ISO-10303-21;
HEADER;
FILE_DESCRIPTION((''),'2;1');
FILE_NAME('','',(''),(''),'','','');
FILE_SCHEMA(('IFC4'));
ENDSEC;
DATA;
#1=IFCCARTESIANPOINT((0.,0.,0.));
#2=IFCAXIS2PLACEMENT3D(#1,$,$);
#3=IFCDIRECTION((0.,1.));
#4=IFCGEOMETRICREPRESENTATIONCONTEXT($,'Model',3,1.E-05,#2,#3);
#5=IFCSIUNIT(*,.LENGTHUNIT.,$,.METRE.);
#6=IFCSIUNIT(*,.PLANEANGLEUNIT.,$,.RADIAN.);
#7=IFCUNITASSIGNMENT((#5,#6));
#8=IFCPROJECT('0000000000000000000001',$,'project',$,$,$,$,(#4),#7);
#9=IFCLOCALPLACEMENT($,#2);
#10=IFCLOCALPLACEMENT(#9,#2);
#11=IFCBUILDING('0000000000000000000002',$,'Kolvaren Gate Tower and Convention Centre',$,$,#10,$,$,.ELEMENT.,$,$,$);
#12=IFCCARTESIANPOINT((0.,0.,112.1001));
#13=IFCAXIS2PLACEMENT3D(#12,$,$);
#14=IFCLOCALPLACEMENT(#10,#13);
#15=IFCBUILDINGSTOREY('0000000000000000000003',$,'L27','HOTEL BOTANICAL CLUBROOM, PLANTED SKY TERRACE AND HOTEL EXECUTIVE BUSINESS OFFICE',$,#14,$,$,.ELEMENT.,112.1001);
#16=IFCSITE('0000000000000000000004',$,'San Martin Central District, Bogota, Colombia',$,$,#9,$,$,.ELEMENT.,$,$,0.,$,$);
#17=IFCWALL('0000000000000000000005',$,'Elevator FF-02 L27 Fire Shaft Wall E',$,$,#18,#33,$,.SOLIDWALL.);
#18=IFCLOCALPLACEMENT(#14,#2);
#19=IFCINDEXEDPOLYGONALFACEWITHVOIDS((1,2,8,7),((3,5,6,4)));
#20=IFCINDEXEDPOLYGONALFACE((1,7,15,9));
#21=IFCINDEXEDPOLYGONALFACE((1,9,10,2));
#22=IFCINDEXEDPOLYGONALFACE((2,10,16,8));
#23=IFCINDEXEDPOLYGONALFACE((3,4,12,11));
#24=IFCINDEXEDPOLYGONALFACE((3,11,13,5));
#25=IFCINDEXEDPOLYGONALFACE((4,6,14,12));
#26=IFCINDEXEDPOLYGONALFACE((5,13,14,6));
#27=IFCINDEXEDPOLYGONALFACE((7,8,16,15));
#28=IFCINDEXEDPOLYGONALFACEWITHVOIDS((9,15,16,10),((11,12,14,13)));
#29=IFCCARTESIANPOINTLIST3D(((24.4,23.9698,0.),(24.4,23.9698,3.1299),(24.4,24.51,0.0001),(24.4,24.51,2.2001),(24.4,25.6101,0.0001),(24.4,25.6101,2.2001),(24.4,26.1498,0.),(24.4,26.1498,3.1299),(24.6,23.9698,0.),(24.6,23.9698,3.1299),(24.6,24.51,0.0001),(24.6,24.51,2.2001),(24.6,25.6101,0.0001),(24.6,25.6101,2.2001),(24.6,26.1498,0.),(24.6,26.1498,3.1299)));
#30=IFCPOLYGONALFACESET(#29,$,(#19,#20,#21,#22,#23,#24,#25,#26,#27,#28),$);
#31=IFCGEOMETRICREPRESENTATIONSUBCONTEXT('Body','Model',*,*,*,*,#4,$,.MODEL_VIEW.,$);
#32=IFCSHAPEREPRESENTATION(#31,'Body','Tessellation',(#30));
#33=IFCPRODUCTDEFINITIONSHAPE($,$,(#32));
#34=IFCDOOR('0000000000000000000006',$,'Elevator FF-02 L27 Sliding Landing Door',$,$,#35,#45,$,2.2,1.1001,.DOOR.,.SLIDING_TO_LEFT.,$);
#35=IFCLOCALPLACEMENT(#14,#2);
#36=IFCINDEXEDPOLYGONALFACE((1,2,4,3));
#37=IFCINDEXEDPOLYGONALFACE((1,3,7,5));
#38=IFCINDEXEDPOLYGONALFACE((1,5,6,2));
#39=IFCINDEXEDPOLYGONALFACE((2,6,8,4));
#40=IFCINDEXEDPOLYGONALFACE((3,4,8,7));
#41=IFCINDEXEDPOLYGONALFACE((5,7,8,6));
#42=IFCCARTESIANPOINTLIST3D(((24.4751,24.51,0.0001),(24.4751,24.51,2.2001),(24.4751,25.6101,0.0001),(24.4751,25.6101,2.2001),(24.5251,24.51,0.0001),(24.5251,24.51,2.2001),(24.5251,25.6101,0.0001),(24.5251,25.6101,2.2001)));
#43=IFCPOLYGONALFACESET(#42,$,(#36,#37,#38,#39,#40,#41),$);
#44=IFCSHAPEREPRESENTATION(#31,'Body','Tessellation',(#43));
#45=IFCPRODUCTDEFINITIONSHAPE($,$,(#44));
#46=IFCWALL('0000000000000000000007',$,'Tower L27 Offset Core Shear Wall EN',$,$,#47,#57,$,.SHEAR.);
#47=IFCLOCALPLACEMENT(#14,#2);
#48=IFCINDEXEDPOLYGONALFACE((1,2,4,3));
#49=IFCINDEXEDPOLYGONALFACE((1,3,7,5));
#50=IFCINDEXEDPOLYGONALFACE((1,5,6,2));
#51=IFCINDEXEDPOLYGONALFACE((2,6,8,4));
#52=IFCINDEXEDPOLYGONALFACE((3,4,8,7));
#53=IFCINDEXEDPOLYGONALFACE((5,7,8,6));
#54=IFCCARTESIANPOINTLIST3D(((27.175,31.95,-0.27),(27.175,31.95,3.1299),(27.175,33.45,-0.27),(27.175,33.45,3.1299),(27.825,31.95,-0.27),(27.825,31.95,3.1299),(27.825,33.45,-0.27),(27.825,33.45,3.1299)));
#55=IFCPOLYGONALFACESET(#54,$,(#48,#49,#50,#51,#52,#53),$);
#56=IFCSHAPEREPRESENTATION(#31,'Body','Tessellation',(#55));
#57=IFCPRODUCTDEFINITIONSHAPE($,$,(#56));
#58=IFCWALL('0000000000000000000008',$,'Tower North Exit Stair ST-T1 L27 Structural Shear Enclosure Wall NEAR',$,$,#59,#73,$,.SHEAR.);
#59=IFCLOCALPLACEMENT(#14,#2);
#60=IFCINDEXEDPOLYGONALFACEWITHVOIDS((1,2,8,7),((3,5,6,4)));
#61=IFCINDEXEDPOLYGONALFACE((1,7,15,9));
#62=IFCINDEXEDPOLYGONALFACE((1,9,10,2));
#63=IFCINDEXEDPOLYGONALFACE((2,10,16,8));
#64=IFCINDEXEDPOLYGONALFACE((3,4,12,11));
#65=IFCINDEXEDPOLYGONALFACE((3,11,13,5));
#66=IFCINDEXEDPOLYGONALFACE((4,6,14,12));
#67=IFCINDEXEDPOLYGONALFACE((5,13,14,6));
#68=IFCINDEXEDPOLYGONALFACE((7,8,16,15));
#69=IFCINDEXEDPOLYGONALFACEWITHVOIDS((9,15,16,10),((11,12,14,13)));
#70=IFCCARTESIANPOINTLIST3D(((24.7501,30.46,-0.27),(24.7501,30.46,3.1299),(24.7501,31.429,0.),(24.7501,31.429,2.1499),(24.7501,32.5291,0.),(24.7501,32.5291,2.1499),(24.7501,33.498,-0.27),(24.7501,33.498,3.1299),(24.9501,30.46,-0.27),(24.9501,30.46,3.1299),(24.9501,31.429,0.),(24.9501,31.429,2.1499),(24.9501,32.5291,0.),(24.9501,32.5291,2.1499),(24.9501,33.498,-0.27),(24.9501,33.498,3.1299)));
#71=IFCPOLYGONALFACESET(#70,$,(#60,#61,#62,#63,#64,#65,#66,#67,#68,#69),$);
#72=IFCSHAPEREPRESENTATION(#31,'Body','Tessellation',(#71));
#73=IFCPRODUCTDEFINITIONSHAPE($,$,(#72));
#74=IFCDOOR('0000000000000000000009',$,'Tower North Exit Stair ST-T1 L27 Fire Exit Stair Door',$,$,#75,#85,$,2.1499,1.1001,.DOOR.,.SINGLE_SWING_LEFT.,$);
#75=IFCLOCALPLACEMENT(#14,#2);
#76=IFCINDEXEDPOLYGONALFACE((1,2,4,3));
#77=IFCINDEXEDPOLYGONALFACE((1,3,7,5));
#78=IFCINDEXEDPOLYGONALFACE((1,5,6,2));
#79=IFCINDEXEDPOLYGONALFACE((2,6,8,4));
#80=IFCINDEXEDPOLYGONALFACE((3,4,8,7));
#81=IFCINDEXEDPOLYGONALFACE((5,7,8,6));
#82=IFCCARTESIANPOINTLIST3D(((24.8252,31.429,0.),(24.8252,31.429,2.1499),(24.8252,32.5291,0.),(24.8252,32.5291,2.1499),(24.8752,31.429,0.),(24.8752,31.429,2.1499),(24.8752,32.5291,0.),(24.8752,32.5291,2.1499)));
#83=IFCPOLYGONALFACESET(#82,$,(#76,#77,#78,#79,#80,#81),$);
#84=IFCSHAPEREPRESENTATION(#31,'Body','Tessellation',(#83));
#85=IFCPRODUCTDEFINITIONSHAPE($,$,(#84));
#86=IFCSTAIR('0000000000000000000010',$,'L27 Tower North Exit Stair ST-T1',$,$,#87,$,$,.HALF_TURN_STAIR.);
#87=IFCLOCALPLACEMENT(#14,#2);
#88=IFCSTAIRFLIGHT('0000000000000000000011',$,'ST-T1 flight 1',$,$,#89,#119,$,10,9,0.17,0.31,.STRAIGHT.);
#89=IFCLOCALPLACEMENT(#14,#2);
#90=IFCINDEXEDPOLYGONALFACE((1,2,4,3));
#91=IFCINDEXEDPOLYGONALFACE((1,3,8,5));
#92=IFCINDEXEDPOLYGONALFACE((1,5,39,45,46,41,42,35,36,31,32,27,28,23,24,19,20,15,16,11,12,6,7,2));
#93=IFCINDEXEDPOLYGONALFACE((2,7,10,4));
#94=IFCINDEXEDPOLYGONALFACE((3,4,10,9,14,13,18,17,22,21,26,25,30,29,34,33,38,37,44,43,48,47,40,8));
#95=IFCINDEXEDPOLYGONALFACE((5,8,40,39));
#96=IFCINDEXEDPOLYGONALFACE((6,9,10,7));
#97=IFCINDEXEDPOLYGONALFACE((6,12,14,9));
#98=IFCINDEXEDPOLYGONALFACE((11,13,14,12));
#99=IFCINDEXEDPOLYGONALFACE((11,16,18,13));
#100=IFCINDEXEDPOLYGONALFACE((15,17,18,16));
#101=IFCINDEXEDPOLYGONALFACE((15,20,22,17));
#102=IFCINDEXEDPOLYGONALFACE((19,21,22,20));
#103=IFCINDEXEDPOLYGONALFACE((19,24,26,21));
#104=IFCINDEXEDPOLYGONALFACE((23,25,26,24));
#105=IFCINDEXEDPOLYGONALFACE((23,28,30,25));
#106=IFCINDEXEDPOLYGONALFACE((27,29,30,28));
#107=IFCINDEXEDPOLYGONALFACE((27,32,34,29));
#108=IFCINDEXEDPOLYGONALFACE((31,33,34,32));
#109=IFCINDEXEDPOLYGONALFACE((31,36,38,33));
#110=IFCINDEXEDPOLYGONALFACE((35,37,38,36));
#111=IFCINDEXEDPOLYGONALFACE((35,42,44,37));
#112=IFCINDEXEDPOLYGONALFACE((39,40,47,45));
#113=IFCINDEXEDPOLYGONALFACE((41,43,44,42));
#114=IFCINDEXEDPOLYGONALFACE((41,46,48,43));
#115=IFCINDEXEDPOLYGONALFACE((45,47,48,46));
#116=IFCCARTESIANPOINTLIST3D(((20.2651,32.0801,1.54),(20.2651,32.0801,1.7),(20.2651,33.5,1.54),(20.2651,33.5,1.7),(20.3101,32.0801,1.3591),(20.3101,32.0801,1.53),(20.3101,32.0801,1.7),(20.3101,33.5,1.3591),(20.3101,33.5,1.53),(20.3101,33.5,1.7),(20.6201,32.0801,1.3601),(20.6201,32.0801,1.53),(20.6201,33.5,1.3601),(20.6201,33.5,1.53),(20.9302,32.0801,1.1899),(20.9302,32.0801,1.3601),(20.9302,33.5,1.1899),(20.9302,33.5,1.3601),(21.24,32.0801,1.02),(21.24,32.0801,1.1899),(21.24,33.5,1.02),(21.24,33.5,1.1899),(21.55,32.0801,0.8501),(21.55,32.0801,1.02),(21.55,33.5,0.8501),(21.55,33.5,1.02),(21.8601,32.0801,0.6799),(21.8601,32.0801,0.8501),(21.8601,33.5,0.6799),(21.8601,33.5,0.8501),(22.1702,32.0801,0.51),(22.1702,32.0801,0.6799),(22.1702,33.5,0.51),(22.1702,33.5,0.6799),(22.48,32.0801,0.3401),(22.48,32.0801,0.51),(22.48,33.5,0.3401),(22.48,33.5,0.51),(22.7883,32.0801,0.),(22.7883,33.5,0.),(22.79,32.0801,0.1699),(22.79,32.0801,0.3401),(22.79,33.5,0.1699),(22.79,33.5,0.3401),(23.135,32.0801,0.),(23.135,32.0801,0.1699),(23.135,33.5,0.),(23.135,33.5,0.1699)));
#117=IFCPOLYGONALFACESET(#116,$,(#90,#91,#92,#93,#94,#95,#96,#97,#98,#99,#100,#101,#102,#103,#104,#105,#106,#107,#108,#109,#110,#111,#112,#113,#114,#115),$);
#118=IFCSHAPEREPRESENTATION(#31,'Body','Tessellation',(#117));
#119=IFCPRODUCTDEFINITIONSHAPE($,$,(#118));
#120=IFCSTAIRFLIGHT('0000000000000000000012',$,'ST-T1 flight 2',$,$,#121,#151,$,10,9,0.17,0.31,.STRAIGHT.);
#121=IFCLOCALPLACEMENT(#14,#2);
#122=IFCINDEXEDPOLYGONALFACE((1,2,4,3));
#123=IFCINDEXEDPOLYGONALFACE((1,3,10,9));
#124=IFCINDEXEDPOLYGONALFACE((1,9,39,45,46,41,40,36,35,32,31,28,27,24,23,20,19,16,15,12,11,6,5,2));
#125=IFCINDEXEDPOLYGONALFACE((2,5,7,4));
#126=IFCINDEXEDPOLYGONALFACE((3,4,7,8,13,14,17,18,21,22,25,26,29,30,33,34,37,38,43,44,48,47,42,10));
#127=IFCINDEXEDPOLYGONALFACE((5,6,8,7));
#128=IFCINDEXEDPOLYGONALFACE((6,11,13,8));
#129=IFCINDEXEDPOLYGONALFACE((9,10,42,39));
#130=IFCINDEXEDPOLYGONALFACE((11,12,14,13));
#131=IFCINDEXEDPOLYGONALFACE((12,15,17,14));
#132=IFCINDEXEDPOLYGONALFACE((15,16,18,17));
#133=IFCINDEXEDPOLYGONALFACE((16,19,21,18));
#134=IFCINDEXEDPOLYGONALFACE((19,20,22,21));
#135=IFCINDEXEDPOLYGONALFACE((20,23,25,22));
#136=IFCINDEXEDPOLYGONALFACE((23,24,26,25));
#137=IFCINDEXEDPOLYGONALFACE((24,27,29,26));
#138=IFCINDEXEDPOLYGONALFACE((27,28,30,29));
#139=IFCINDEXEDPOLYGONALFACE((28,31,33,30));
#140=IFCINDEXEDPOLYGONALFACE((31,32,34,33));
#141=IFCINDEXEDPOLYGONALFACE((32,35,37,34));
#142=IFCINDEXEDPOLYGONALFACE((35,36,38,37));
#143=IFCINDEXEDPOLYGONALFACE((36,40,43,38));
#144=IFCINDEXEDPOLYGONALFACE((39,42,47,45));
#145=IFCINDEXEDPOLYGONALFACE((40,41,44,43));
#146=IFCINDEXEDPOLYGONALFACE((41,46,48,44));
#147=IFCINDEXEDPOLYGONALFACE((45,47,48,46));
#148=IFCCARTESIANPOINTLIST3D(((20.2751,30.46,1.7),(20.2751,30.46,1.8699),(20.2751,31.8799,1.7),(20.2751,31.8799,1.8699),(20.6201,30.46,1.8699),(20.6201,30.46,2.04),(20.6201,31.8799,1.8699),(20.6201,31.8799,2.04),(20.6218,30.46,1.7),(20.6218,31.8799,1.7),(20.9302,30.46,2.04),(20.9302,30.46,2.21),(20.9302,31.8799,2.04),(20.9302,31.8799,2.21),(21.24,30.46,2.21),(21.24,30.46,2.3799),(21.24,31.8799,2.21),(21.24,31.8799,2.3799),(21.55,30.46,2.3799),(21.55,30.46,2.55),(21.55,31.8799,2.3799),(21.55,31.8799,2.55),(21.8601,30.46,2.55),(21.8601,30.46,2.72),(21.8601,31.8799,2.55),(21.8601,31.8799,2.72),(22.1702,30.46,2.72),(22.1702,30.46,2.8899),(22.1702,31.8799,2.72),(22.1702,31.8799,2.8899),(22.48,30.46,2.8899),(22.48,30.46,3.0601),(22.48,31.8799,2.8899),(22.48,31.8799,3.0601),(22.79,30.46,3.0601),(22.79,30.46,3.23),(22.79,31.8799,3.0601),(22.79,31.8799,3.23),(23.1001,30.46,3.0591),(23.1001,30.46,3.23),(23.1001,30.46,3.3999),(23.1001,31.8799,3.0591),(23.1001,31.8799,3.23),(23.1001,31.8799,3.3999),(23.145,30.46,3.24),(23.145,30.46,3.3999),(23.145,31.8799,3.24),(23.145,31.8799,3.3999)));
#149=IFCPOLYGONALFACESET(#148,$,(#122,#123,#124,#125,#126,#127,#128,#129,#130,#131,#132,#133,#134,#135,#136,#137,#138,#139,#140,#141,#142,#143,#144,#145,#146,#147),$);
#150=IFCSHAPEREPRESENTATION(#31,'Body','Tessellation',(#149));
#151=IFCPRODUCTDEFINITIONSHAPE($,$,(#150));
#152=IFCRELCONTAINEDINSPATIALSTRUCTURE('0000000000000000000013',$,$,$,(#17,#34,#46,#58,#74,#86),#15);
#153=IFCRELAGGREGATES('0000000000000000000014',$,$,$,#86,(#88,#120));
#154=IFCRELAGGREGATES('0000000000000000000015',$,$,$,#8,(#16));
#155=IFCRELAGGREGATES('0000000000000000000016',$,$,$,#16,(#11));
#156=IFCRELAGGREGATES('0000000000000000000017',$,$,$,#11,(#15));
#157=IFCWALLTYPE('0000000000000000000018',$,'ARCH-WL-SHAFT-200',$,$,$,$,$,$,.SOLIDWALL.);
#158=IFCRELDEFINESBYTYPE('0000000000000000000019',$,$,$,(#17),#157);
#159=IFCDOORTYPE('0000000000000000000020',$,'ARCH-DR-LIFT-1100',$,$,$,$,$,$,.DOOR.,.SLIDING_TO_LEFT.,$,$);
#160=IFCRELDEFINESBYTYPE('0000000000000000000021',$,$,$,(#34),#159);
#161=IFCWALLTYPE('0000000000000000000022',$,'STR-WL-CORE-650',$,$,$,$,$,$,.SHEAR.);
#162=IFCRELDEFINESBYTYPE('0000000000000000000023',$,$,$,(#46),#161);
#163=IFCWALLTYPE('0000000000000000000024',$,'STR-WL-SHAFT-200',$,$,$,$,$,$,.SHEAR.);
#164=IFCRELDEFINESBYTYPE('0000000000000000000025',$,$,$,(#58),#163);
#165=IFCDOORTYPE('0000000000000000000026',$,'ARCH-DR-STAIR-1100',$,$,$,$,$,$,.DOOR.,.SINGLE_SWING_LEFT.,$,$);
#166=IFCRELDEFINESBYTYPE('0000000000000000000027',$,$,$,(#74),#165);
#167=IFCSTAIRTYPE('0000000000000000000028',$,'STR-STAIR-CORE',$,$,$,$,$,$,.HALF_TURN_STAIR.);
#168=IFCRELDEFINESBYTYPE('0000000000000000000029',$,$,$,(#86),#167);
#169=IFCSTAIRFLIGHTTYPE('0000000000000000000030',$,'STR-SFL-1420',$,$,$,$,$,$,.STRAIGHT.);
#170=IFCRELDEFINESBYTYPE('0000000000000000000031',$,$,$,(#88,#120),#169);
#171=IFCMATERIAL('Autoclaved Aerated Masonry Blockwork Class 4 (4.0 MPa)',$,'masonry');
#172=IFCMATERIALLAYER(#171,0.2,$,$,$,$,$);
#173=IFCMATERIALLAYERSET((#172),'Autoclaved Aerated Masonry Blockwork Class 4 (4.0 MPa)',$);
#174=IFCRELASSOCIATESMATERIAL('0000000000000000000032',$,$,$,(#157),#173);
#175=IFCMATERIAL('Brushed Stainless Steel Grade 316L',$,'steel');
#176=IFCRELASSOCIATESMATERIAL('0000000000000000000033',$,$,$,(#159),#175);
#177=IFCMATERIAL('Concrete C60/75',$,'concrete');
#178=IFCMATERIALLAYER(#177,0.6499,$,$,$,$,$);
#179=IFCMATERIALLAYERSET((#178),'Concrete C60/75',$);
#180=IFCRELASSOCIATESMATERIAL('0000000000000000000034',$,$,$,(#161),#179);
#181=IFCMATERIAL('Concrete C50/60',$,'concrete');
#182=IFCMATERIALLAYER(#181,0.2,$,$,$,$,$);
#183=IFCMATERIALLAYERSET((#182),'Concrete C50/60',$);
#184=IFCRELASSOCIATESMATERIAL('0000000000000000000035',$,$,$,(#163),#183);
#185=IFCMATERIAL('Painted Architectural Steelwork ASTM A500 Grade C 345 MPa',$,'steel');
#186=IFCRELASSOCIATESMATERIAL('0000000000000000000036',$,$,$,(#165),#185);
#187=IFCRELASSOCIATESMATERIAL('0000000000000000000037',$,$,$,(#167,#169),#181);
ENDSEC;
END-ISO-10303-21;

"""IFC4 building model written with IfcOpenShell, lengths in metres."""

from ifc_helpers import new_model, si_unit, direction, frame, frame_2d, origin, place, context, subcontext, project, spatial, polyline, rectangle, outline, extrude, material, layer, layer_set, type_object, element, fill, aggregate, save


model = new_model("IFC4")

# Units and contexts
model_context = context("Model", 3, precision=1e-05, world=origin(), true_north=direction((0.0, 1.0)))
body_context = subcontext(model_context, "Body", "Model", "MODEL_VIEW")
ifc_project = project(units=[si_unit("LENGTHUNIT", "METRE"), si_unit("PLANEANGLEUNIT", "RADIAN")], contexts=[model_context])

# Site, building, storey
site_placement = place(None, origin())
site = spatial("IfcSite", under=ifc_project, at=site_placement, Name="San Martin Central District, Bogota, Colombia", CompositionType="ELEMENT", RefElevation=0.0)
building_placement = place(site_placement, origin())
building = spatial("IfcBuilding", under=site, at=building_placement, Name="Kolvaren Gate Tower and Convention Centre", CompositionType="ELEMENT")
storey_placement = place(building_placement, frame((0.0, 0.0, 112.1001)))
storey = spatial("IfcBuildingStorey", under=building, at=storey_placement, Name="L27", Description="HOTEL BOTANICAL CLUBROOM, PLANTED SKY TERRACE AND HOTEL EXECUTIVE BUSINESS OFFICE", CompositionType="ELEMENT", Elevation=112.1001)

# Shared definitions
ifc_material_1 = material(Name="Autoclaved Aerated Masonry Blockwork Class 4 (4.0 MPa)", Category="masonry")
ifc_layer_1 = layer(ifc_material_1, 0.2)
ifc_layer_set_1 = layer_set([ifc_layer_1], Name="Autoclaved Aerated Masonry Blockwork Class 4 (4.0 MPa)")
wall_type_1 = type_object("IfcWallType", Name="ARCH-WL-SHAFT-200", PredefinedType="SOLIDWALL", material=ifc_layer_set_1)

# Shared definitions
ifc_material_2 = material(Name="Brushed Stainless Steel Grade 316L", Category="steel")
door_type_1 = type_object("IfcDoorType", Name="ARCH-DR-LIFT-1100", OperationType="SLIDING_TO_LEFT", PredefinedType="DOOR", material=ifc_material_2)

# Wall, opening, door
wall_1_placement = place(storey_placement, frame((24.5, 23.97, 0.0), z_axis=(0.0, 0.0, 1.0), x_axis=(0.0, 1.0, 0.0)))
wall_1 = element("IfcWall", 1, at=wall_1_placement, inside=storey, type_object=wall_type_1, Name="Elevator FF-02 L27 Fire Shaft Wall E", PredefinedType="SOLIDWALL", context=body_context, shape_type="SweptSolid", body=[
    extrude(rectangle(XDim=2.1799, YDim=0.2, at=frame_2d((1.0898, 0.0))), origin(), (0.0, 0.0, 1.0), 3.1299),
])
opening_1_placement = place(wall_1_placement, frame((0.54, 0.0, 0.0)))
opening_1 = element("IfcOpeningElement", 2, at=opening_1_placement, cuts=wall_1, PredefinedType="OPENING", context=body_context, shape_type="SweptSolid", body=[
    extrude(rectangle(XDim=1.1001, YDim=2.2, at=frame_2d((0.55, 1.1001))), frame((0.0, 0.1099, 0.0), z_axis=(0.0, -1.0, 0.0), x_axis=(1.0, 0.0, 0.0)), (0.0, 0.0, 1.0), 0.22),
])
door_1_placement = place(opening_1_placement, origin())
door_1 = element("IfcDoor", 3, at=door_1_placement, inside=storey, type_object=door_type_1, Name="Elevator FF-02 L27 Sliding Landing Door", OperationType="SLIDING_TO_LEFT", OverallHeight=2.2, OverallWidth=1.1001, PredefinedType="DOOR", context=body_context, shape_type="SweptSolid", body=[
    extrude(rectangle(XDim=1.1001, YDim=2.2, at=frame_2d((0.55, 1.1001))), frame((0.0, 0.0249, 0.0), z_axis=(0.0, -1.0, 0.0), x_axis=(1.0, 0.0, 0.0)), (0.0, 0.0, 1.0), 0.05),
])
fill(opening_1, door_1)

# Wall
ifc_material_3 = material(Name="Concrete C60/75", Category="concrete")
ifc_layer_2 = layer(ifc_material_3, 0.6499)
ifc_layer_set_2 = layer_set([ifc_layer_2], Name="Concrete C60/75")
wall_type_2 = type_object("IfcWallType", Name="STR-WL-CORE-650", PredefinedType="SHEAR", material=ifc_layer_set_2)
wall_2_placement = place(storey_placement, frame((27.5, 31.95, -0.27), z_axis=(0.0, 0.0, 1.0), x_axis=(0.0, 1.0, 0.0)))
element("IfcWall", 4, at=wall_2_placement, inside=storey, type_object=wall_type_2, Name="Tower L27 Offset Core Shear Wall EN", PredefinedType="SHEAR", context=body_context, shape_type="SweptSolid", body=[
    extrude(rectangle(XDim=1.5, YDim=0.6499, at=frame_2d((0.75, 0.0))), origin(), (0.0, 0.0, 1.0), 3.3999),
])

# Wall, opening, door
ifc_material_4 = material(Name="Concrete C50/60", Category="concrete")
ifc_layer_3 = layer(ifc_material_4, 0.2)
ifc_layer_set_3 = layer_set([ifc_layer_3], Name="Concrete C50/60")
wall_type_3 = type_object("IfcWallType", Name="STR-WL-SHAFT-200", PredefinedType="SHEAR", material=ifc_layer_set_3)
wall_3_placement = place(storey_placement, frame((24.8501, 30.46, -0.27), z_axis=(0.0, 0.0, 1.0), x_axis=(0.0, 1.0, 0.0)))
wall_3 = element("IfcWall", 5, at=wall_3_placement, inside=storey, type_object=wall_type_3, Name="Tower North Exit Stair ST-T1 L27 Structural Shear Enclosure Wall NEAR", PredefinedType="SHEAR", context=body_context, shape_type="SweptSolid", body=[
    extrude(rectangle(XDim=3.0381, YDim=0.2, at=frame_2d((1.519, 0.0))), origin(), (0.0, 0.0, 1.0), 3.3999),
])
opening_2_placement = place(wall_3_placement, frame((0.969, 0.0, 0.27)))
opening_2 = element("IfcOpeningElement", 6, at=opening_2_placement, cuts=wall_3, PredefinedType="OPENING", context=body_context, shape_type="SweptSolid", body=[
    extrude(rectangle(XDim=1.1001, YDim=2.1499, at=frame_2d((0.55, 1.075))), frame((0.0, 0.1099, 0.0), z_axis=(0.0, -1.0, 0.0), x_axis=(1.0, 0.0, 0.0)), (0.0, 0.0, 1.0), 0.22),
])
ifc_material_5 = material(Name="Painted Architectural Steelwork ASTM A500 Grade C 345 MPa", Category="steel")
door_type_2 = type_object("IfcDoorType", Name="ARCH-DR-STAIR-1100", OperationType="SINGLE_SWING_LEFT", PredefinedType="DOOR", material=ifc_material_5)
door_2_placement = place(opening_2_placement, origin())
door_2 = element("IfcDoor", 7, at=door_2_placement, inside=storey, type_object=door_type_2, Name="Tower North Exit Stair ST-T1 L27 Fire Exit Stair Door", OperationType="SINGLE_SWING_LEFT", OverallHeight=2.1499, OverallWidth=1.1001, PredefinedType="DOOR", context=body_context, shape_type="SweptSolid", body=[
    extrude(rectangle(XDim=1.1001, YDim=2.1499, at=frame_2d((0.55, 1.075))), frame((0.0, 0.0249, 0.0), z_axis=(0.0, -1.0, 0.0), x_axis=(1.0, 0.0, 0.0)), (0.0, 0.0, 1.0), 0.05),
])
fill(opening_2, door_2)

# Stair, stair flights
stair_type = type_object("IfcStairType", Name="STR-STAIR-CORE", PredefinedType="HALF_TURN_STAIR", material=ifc_material_4)
stair_placement = place(storey_placement, origin())
stair = element("IfcStair", 8, at=stair_placement, inside=storey, type_object=stair_type, Name="L27 Tower North Exit Stair ST-T1", PredefinedType="HALF_TURN_STAIR")
stair_flight_type = type_object("IfcStairFlightType", Name="STR-SFL-1420", PredefinedType="STRAIGHT", material=ifc_material_4)
stair_flight_1_placement = place(storey_placement, frame((23.1001, 32.79, 0.0), z_axis=(0.0, 0.0, 1.0), x_axis=(-1.0, 0.0, 0.0)))
stair_flight_1 = element("IfcStairFlight", 9, at=stair_flight_1_placement, type_object=stair_flight_type, Name="ST-T1 flight 1", NumberOfRisers=10, NumberOfTreads=9, PredefinedType="STRAIGHT", RiserHeight=0.17, TreadLength=0.31, context=body_context, shape_type="SweptSolid", body=[
    extrude(outline(polyline([(-0.0349, 0.0), (-0.0349, 0.1699), (0.3101, 0.1699), (0.3101, 0.3401), (0.6201, 0.3401), (0.6201, 0.51), (0.9299, 0.51), (0.9299, 0.6799), (1.24, 0.6799), (1.24, 0.8501), (1.55, 0.8501), (1.55, 1.02), (1.8601, 1.02), (1.8601, 1.1899), (2.1699, 1.1899), (2.1699, 1.3601), (2.48, 1.3601), (2.48, 1.53), (2.79, 1.53), (2.79, 1.7), (2.835, 1.7), (2.835, 1.54), (2.79, 1.3591), (0.3118, 0.0), (-0.0349, 0.0)])), frame((0.0, 0.71, 0.0), z_axis=(0.0, -1.0, 0.0), x_axis=(1.0, 0.0, 0.0)), (0.0, 0.0, 1.0), 1.4199),
])
stair_flight_2_placement = place(storey_placement, frame((20.3101, 31.1699, 1.7), z_axis=(0.0, 0.0, 1.0), x_axis=(1.0, 0.0, 0.0)))
stair_flight_2 = element("IfcStairFlight", 10, at=stair_flight_2_placement, type_object=stair_flight_type, Name="ST-T1 flight 2", NumberOfRisers=10, NumberOfTreads=9, PredefinedType="STRAIGHT", RiserHeight=0.17, TreadLength=0.31, context=body_context, shape_type="SweptSolid", body=[
    extrude(outline(polyline([(-0.0349, 0.0), (-0.0349, 0.1699), (0.3101, 0.1699), (0.3101, 0.3401), (0.6201, 0.3401), (0.6201, 0.51), (0.9299, 0.51), (0.9299, 0.6799), (1.24, 0.6799), (1.24, 0.8501), (1.55, 0.8501), (1.55, 1.02), (1.8601, 1.02), (1.8601, 1.1899), (2.1699, 1.1899), (2.1699, 1.3601), (2.48, 1.3601), (2.48, 1.53), (2.79, 1.53), (2.79, 1.7), (2.835, 1.7), (2.835, 1.54), (2.79, 1.3591), (0.3118, 0.0), (-0.0349, 0.0)])), frame((0.0, 0.71, 0.0), z_axis=(0.0, -1.0, 0.0), x_axis=(1.0, 0.0, 0.0)), (0.0, 0.0, 1.0), 1.4199),
])
aggregate(stair, [stair_flight_1, stair_flight_2])

save(model, "model.ifc")
